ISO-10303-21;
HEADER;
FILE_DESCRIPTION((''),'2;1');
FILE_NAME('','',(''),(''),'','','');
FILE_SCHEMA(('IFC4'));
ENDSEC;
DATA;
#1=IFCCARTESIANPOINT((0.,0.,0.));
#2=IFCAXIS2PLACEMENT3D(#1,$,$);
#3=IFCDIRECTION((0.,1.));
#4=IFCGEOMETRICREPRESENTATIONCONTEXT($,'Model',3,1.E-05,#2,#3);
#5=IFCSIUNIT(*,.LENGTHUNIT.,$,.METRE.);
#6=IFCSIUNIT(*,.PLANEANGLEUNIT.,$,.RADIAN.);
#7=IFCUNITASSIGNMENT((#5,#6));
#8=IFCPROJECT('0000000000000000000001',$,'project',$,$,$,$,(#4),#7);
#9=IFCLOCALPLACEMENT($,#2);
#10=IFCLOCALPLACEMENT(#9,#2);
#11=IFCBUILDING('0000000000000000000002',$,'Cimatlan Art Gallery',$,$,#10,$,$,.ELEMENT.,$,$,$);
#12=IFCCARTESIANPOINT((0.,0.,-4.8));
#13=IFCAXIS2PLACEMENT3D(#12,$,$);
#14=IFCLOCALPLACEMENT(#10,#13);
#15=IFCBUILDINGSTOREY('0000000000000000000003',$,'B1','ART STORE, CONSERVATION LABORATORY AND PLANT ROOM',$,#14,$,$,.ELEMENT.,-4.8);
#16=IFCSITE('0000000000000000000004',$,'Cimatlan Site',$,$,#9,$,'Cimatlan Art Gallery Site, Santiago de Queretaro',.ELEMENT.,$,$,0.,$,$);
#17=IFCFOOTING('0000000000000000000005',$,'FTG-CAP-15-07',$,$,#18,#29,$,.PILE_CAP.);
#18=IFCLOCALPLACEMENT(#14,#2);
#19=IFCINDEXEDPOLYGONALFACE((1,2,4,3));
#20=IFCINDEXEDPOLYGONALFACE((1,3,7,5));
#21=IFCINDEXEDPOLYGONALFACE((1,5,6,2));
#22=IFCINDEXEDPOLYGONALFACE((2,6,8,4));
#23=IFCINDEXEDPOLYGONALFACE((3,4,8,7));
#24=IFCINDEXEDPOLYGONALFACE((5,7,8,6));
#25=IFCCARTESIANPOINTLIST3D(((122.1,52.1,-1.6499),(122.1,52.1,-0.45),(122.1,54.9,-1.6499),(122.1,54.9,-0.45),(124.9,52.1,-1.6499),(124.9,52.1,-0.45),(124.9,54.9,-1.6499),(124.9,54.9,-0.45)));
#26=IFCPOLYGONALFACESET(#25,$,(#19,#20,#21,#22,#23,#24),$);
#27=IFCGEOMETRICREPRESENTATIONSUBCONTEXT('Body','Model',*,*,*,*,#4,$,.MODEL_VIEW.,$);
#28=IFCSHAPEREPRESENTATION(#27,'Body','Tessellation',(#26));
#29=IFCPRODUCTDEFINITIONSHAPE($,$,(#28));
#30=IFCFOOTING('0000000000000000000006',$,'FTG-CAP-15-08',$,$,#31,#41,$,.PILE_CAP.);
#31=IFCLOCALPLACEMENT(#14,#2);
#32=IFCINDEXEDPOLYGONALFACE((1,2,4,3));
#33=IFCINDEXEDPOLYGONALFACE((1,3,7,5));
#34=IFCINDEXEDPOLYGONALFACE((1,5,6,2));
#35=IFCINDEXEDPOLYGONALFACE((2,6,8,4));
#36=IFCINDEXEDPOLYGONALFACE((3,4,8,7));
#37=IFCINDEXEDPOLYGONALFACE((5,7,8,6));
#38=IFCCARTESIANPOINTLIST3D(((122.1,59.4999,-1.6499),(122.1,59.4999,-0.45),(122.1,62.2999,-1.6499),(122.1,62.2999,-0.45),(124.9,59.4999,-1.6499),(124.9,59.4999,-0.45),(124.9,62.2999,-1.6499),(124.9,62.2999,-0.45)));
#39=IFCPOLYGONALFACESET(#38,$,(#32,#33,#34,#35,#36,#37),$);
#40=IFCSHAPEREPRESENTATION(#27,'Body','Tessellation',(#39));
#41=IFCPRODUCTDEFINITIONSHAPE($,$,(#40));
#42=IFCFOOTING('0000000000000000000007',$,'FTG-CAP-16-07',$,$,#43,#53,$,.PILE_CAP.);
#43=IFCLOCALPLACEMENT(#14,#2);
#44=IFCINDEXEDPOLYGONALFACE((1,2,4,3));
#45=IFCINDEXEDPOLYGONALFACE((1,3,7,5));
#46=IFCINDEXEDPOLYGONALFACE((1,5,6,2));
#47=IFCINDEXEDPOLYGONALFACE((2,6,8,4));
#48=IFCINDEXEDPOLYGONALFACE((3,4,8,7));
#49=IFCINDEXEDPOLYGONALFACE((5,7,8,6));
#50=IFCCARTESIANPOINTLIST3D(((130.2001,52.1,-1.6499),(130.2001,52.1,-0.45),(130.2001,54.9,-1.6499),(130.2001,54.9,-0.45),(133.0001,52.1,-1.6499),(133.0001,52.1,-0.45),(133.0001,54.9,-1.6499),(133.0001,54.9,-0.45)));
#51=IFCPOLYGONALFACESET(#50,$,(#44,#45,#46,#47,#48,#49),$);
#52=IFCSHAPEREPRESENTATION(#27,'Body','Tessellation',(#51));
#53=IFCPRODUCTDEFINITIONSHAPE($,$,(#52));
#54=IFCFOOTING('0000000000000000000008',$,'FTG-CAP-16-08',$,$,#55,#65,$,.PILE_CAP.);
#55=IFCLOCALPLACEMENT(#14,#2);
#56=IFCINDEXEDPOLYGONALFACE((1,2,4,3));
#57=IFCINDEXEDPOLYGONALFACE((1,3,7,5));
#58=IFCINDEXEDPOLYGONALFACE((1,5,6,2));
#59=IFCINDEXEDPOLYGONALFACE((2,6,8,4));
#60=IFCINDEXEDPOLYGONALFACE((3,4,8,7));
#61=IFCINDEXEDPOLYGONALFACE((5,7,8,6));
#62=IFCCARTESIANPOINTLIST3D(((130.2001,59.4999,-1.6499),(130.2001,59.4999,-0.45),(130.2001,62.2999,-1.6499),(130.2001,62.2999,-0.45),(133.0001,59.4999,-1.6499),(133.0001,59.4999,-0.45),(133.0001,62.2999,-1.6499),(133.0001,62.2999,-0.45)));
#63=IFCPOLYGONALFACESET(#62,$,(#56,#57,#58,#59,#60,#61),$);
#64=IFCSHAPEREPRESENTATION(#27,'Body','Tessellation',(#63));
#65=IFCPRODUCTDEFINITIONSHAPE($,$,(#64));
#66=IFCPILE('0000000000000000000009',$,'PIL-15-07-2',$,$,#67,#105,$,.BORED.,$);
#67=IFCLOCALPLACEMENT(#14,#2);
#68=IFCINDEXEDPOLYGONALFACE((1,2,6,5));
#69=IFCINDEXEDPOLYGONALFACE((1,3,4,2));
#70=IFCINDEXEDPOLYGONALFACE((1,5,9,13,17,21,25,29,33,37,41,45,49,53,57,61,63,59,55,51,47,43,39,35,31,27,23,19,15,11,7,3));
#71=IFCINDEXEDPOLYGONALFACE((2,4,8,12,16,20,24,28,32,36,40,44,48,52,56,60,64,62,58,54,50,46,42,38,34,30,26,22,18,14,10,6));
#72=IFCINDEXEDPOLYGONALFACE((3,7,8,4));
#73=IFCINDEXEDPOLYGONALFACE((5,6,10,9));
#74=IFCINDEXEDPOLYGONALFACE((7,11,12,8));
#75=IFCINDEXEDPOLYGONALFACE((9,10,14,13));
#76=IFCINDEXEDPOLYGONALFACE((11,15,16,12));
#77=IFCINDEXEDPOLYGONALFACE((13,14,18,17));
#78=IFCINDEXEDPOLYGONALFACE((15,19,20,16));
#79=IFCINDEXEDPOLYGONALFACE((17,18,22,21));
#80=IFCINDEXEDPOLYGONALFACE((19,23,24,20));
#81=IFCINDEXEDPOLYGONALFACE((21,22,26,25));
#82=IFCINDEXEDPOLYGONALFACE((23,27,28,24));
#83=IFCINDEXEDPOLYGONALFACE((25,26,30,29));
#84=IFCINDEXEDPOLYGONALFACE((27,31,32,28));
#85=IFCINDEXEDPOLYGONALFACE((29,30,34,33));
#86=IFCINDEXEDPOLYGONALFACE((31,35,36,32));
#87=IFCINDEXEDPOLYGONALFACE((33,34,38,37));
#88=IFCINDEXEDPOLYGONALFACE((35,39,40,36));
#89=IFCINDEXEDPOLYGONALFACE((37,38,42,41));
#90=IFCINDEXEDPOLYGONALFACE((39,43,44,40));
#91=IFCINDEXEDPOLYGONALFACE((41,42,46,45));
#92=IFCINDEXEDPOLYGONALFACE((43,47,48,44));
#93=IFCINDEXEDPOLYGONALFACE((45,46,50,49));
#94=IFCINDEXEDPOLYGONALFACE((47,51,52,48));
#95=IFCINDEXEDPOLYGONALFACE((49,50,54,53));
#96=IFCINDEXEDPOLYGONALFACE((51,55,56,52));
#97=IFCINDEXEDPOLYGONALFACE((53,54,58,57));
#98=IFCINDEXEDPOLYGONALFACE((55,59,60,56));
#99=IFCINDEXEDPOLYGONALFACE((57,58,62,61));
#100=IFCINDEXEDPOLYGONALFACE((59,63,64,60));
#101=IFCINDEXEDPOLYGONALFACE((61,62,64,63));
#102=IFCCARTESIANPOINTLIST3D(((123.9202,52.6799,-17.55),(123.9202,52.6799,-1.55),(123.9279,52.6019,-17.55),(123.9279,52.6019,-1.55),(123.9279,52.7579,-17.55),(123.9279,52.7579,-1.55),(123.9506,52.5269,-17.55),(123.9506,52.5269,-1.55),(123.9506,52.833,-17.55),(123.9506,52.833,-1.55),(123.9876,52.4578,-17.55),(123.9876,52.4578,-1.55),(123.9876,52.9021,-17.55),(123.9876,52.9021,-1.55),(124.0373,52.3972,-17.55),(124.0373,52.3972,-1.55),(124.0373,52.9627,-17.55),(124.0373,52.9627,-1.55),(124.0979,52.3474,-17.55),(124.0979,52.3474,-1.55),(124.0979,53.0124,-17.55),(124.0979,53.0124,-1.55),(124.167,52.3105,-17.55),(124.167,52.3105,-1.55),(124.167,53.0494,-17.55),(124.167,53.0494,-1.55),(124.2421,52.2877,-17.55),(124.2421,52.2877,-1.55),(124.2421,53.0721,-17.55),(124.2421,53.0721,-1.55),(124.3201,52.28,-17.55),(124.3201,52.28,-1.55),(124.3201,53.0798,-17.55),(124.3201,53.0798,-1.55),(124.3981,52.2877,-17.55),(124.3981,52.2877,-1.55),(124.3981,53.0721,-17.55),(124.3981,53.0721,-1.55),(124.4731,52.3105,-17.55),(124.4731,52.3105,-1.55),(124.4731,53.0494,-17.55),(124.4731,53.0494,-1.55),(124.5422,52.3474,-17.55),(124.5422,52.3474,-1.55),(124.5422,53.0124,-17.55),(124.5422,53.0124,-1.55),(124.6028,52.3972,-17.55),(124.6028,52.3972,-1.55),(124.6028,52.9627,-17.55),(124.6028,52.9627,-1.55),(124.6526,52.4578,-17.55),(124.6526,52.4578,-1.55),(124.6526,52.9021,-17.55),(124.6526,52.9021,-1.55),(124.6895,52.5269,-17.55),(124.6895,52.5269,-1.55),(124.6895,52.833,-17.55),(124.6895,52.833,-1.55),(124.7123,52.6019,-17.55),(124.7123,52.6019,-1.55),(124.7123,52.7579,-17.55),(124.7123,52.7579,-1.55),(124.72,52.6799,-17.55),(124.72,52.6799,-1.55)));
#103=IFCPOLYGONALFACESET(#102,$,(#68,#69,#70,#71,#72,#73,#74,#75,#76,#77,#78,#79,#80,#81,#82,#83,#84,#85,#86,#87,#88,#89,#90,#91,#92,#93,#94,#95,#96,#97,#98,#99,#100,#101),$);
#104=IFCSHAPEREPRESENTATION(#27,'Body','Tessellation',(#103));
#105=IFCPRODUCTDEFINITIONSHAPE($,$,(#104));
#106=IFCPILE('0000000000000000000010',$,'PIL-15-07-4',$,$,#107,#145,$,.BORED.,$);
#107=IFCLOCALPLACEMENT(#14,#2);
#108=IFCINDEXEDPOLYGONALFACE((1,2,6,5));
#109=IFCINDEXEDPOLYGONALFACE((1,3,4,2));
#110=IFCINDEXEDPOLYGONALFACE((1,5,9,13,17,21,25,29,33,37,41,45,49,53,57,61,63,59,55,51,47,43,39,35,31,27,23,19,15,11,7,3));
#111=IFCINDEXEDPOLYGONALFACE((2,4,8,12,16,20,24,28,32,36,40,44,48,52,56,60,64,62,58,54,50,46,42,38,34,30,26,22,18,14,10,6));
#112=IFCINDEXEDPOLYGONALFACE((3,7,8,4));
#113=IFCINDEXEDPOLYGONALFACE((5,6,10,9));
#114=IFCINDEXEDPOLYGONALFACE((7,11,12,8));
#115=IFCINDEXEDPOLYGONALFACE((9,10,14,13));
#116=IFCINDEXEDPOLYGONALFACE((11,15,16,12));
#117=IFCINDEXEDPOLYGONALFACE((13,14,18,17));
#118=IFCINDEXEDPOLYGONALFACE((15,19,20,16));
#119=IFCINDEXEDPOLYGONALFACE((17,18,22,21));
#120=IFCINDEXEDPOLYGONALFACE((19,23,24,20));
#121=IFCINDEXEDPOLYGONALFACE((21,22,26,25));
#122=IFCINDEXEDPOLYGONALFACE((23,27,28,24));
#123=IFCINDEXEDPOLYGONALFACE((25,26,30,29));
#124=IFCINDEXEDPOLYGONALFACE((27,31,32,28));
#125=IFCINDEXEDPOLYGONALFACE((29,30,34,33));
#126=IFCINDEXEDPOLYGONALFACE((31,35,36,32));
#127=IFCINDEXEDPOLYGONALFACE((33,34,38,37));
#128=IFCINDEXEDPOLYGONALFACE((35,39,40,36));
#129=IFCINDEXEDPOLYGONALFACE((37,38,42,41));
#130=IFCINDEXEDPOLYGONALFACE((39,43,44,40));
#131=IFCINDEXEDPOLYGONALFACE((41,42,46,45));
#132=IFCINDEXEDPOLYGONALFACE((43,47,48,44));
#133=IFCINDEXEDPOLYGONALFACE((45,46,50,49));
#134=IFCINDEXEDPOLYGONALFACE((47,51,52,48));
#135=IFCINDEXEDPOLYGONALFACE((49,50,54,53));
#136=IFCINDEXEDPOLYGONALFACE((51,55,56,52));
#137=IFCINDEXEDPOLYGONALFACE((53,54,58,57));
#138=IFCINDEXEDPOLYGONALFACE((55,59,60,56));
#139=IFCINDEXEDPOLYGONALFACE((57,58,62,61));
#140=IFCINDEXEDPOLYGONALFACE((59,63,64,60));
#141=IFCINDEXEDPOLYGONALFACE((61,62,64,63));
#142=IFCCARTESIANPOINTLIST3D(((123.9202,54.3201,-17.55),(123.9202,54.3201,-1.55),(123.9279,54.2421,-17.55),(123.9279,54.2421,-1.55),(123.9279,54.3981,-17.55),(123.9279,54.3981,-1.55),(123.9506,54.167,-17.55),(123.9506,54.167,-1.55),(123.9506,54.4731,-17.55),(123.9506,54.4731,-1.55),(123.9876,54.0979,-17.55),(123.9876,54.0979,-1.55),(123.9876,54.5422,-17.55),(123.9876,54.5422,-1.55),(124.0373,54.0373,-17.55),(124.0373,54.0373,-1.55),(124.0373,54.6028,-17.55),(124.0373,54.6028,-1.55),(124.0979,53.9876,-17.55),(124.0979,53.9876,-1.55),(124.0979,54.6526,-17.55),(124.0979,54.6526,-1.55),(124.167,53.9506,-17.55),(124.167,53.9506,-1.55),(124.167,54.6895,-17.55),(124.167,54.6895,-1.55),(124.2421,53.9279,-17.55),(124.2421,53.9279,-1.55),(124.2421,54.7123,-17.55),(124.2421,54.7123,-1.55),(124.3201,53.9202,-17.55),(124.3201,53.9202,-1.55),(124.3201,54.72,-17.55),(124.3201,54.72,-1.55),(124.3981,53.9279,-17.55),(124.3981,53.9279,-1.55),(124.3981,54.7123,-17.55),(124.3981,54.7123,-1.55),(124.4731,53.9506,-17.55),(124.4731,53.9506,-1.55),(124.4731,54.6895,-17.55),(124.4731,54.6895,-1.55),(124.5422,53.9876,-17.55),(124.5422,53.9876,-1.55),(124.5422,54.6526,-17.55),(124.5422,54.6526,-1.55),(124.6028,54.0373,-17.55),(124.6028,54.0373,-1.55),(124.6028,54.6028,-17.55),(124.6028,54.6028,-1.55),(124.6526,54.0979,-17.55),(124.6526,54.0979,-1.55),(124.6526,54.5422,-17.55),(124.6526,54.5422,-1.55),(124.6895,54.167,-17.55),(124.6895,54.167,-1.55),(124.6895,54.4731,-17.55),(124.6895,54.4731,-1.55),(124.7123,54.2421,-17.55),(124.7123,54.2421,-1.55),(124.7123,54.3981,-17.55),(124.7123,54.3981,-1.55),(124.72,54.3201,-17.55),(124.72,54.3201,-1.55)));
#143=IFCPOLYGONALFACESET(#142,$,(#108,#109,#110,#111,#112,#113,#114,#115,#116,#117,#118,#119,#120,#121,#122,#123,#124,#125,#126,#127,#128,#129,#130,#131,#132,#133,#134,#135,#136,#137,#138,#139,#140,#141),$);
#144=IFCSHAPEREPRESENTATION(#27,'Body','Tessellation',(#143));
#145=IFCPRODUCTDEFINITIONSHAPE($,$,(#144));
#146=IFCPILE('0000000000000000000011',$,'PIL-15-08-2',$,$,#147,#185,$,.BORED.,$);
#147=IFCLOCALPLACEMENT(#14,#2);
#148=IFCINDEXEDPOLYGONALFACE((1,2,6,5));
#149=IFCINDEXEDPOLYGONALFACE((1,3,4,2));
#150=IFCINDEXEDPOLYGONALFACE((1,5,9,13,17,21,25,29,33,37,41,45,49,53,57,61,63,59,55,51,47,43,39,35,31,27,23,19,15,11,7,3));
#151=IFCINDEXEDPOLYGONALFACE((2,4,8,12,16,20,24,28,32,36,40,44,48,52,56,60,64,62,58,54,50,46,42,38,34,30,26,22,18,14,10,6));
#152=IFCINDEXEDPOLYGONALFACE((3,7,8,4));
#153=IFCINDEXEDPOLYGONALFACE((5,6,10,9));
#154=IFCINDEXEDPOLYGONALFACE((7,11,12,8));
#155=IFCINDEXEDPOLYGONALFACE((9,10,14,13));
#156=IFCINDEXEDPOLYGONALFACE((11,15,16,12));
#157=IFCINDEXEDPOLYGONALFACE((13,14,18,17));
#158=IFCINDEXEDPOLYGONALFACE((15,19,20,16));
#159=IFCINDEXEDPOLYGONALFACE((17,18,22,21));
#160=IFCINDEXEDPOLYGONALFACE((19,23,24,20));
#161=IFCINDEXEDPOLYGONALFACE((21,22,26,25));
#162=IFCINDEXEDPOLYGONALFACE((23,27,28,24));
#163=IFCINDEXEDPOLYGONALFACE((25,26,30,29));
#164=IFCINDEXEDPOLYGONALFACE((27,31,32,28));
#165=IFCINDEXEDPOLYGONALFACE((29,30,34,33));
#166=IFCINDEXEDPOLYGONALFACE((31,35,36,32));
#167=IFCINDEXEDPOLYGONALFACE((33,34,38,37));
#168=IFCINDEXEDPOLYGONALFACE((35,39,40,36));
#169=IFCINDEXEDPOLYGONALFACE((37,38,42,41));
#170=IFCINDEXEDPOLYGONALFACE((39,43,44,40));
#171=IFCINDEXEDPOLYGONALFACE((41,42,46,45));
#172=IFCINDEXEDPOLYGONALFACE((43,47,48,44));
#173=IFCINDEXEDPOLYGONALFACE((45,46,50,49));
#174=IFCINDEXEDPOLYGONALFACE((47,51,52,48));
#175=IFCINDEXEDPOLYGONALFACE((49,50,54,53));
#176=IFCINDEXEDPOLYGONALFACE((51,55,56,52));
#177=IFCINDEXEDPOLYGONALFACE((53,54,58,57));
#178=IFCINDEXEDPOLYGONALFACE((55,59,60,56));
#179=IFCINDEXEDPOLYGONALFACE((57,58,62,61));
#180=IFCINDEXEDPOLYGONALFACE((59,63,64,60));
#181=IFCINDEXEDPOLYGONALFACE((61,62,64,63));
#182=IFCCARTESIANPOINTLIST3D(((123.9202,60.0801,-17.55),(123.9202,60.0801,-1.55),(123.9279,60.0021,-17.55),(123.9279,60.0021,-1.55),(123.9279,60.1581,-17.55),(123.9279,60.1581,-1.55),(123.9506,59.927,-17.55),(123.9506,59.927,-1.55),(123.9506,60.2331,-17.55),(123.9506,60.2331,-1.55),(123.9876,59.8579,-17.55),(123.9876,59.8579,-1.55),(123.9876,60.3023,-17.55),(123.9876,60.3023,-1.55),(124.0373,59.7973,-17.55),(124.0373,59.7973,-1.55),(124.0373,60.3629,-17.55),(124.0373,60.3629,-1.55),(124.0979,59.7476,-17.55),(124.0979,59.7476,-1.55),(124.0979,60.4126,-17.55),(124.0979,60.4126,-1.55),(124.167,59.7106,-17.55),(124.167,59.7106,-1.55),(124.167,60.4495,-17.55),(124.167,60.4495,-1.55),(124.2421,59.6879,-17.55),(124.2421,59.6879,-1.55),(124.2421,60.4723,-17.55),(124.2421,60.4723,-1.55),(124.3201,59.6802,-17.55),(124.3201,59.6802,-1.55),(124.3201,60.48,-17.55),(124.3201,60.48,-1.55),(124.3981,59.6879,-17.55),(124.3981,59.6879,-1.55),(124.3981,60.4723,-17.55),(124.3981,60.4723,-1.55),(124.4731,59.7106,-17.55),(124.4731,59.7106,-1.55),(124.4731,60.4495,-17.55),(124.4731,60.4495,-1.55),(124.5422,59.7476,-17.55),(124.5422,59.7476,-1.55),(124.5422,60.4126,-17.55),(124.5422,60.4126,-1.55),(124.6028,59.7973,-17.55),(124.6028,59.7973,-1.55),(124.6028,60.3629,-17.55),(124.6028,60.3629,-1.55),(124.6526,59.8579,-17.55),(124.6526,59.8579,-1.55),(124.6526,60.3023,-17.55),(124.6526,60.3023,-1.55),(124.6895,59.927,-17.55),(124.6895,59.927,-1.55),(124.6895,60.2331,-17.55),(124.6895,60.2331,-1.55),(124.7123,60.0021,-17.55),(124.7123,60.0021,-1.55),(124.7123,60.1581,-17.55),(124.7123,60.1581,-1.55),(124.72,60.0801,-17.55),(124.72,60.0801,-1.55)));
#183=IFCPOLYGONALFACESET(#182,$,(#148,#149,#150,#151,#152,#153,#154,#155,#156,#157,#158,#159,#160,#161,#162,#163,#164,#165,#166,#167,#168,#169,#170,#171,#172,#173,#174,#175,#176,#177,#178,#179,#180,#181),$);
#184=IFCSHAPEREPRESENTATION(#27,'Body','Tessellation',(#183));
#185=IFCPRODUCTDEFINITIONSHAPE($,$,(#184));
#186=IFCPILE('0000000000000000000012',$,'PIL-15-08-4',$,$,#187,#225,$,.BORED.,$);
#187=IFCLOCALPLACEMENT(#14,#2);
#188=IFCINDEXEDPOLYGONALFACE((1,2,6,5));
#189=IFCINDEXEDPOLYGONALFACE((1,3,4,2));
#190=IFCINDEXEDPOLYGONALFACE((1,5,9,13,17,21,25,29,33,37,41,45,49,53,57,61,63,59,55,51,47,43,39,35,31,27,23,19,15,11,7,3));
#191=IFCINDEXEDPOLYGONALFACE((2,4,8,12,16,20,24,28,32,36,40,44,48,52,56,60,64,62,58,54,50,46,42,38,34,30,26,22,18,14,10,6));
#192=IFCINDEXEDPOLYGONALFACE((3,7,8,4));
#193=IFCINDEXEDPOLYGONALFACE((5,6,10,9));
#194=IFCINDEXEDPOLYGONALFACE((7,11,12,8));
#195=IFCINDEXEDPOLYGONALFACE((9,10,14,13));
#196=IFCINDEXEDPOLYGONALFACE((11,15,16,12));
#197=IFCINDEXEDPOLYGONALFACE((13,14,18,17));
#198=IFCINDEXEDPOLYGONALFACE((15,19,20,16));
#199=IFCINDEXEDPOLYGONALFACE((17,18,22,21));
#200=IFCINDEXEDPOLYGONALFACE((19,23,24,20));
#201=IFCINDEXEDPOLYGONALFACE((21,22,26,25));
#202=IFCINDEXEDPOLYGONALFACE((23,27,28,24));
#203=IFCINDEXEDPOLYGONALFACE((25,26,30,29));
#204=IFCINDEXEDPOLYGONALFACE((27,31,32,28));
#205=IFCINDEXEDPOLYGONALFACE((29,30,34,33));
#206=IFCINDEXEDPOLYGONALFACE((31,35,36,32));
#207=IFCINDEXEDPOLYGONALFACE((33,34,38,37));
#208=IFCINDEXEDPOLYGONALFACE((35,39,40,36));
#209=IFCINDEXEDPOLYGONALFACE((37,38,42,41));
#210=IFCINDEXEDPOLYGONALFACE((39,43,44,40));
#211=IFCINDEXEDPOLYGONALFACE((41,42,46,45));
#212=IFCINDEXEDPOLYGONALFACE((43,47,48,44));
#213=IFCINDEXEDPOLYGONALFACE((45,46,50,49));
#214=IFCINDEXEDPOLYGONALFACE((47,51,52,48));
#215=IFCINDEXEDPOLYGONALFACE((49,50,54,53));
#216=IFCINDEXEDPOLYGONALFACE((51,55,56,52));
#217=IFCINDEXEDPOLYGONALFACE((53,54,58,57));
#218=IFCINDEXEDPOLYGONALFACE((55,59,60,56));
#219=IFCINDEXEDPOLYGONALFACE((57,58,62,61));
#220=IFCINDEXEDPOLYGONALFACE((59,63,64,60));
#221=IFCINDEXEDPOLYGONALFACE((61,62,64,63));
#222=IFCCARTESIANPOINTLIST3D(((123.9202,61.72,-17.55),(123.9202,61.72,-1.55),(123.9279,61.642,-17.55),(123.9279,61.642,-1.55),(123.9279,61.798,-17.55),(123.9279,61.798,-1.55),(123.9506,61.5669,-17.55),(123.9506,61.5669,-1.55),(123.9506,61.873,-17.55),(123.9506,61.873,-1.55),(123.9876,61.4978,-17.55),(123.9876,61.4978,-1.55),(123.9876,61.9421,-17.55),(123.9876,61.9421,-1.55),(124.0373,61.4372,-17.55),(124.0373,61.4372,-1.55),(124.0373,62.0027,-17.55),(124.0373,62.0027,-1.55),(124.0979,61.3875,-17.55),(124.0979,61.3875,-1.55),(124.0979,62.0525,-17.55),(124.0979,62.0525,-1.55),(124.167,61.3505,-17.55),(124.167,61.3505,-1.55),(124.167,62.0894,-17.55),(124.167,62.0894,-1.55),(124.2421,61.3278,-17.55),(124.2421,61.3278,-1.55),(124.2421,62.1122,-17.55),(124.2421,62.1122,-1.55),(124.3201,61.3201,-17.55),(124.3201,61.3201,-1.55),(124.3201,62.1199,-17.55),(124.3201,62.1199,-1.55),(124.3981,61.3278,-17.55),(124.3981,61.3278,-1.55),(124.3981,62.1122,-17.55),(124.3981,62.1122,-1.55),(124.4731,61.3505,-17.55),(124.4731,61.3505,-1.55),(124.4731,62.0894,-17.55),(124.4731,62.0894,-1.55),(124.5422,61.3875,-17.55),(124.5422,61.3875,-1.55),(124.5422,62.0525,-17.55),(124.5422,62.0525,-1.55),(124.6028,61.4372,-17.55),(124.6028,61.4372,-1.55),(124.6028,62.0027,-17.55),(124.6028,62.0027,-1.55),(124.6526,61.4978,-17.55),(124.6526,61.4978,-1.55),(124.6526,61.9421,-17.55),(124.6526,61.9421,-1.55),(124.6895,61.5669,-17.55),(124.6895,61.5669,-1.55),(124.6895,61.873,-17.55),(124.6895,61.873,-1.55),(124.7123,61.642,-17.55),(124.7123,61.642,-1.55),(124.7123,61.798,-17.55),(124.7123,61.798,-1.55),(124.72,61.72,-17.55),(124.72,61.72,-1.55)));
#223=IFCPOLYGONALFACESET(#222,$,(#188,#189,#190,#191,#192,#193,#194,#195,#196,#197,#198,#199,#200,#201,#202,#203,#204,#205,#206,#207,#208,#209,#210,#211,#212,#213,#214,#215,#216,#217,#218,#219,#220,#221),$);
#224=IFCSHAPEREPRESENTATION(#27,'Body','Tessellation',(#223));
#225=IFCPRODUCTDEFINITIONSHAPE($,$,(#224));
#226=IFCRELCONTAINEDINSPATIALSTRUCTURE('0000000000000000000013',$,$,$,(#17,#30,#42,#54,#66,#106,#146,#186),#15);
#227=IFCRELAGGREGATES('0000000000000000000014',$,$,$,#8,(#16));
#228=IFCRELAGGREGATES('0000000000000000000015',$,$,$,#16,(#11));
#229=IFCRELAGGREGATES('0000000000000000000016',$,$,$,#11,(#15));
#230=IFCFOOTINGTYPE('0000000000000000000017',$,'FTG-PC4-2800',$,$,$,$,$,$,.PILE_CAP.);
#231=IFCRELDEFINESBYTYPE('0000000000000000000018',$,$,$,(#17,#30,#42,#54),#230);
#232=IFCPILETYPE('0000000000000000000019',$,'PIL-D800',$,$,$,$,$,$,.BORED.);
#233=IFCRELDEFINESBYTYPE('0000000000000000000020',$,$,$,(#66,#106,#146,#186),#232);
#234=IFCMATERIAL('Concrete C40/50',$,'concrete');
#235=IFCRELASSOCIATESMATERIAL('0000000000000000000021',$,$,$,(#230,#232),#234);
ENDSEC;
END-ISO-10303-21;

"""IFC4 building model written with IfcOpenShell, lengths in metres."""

from ifc_helpers import new_model, si_unit, direction, frame, origin, origin_2d, place, context, subcontext, project, spatial, rectangle, circle, extrude, material, type_object, element, save


model = new_model("IFC4")

# Units and contexts
model_context = context("Model", 3, precision=1e-05, world=origin(), true_north=direction((0.0, 1.0)))
body_context = subcontext(model_context, "Body", "Model", "MODEL_VIEW")
ifc_project = project(units=[si_unit("LENGTHUNIT", "METRE"), si_unit("PLANEANGLEUNIT", "RADIAN")], contexts=[model_context])

# Site, building, storey
site_placement = place(None, origin())
site = spatial("IfcSite", under=ifc_project, at=site_placement, Name="Cimatlan Site", LongName="Cimatlan Art Gallery Site, Santiago de Queretaro", CompositionType="ELEMENT", RefElevation=0.0)
building_placement = place(site_placement, origin())
building = spatial("IfcBuilding", under=site, at=building_placement, Name="Cimatlan Art Gallery", CompositionType="ELEMENT")
storey_placement = place(building_placement, frame((0.0, 0.0, -4.8)))
storey = spatial("IfcBuildingStorey", under=building, at=storey_placement, Name="B1", Description="ART STORE, CONSERVATION LABORATORY AND PLANT ROOM", CompositionType="ELEMENT", Elevation=-4.8)

# Footings
ifc_material_1 = material(Name="Concrete C40/50", Category="concrete")
footing_type = type_object("IfcFootingType", Name="FTG-PC4-2800", PredefinedType="PILE_CAP", material=ifc_material_1)
for number, where, z_axis, x_axis, name in (
    (1, (123.5, 53.5, -1.6499), (0.0, 0.0, 1.0), (1.0, 0.0, 0.0), "FTG-CAP-15-07"),
    (2, (123.5, 60.8999, -1.6499), (0.0, 0.0, 1.0), (1.0, 0.0, 0.0), "FTG-CAP-15-08"),
    (3, (131.6001, 53.5, -1.6499), (0.0, 0.0, 1.0), (1.0, 0.0, 0.0), "FTG-CAP-16-07"),
    (4, (131.6001, 60.8999, -1.6499), (0.0, 0.0, 1.0), (1.0, 0.0, 0.0), "FTG-CAP-16-08"),
):
    element("IfcFooting", number, at=place(storey_placement, frame(where, z_axis=z_axis, x_axis=x_axis)), inside=storey, type_object=footing_type, Name=name, PredefinedType="PILE_CAP", context=body_context, shape_type="SweptSolid", body=[
        extrude(rectangle(XDim=2.8, YDim=2.8, at=origin_2d()), origin(), (0.0, 0.0, 1.0), 1.2),
    ])

# Piles
pile_type = type_object("IfcPileType", Name="PIL-D800", PredefinedType="BORED", material=ifc_material_1)
for number, where, z_axis, x_axis, name in (
    (5, (124.3201, 52.6799, -1.55), (0.0, 0.0, -1.0), (1.0, 0.0, 0.0), "PIL-15-07-2"),
    (6, (124.3201, 54.3201, -1.55), (0.0, 0.0, -1.0), (1.0, 0.0, 0.0), "PIL-15-07-4"),
    (7, (124.3201, 60.0801, -1.55), (0.0, 0.0, -1.0), (1.0, 0.0, 0.0), "PIL-15-08-2"),
    (8, (124.3201, 61.72, -1.55), (0.0, 0.0, -1.0), (1.0, 0.0, 0.0), "PIL-15-08-4"),
):
    element("IfcPile", number, at=place(storey_placement, frame(where, z_axis=z_axis, x_axis=x_axis)), inside=storey, type_object=pile_type, Name=name, PredefinedType="BORED", context=body_context, shape_type="SweptSolid", body=[
        extrude(circle(Radius=0.3999, at=origin_2d()), origin(), (0.0, 0.0, 1.0), 16.0),
    ])

save(model, "model.ifc")
